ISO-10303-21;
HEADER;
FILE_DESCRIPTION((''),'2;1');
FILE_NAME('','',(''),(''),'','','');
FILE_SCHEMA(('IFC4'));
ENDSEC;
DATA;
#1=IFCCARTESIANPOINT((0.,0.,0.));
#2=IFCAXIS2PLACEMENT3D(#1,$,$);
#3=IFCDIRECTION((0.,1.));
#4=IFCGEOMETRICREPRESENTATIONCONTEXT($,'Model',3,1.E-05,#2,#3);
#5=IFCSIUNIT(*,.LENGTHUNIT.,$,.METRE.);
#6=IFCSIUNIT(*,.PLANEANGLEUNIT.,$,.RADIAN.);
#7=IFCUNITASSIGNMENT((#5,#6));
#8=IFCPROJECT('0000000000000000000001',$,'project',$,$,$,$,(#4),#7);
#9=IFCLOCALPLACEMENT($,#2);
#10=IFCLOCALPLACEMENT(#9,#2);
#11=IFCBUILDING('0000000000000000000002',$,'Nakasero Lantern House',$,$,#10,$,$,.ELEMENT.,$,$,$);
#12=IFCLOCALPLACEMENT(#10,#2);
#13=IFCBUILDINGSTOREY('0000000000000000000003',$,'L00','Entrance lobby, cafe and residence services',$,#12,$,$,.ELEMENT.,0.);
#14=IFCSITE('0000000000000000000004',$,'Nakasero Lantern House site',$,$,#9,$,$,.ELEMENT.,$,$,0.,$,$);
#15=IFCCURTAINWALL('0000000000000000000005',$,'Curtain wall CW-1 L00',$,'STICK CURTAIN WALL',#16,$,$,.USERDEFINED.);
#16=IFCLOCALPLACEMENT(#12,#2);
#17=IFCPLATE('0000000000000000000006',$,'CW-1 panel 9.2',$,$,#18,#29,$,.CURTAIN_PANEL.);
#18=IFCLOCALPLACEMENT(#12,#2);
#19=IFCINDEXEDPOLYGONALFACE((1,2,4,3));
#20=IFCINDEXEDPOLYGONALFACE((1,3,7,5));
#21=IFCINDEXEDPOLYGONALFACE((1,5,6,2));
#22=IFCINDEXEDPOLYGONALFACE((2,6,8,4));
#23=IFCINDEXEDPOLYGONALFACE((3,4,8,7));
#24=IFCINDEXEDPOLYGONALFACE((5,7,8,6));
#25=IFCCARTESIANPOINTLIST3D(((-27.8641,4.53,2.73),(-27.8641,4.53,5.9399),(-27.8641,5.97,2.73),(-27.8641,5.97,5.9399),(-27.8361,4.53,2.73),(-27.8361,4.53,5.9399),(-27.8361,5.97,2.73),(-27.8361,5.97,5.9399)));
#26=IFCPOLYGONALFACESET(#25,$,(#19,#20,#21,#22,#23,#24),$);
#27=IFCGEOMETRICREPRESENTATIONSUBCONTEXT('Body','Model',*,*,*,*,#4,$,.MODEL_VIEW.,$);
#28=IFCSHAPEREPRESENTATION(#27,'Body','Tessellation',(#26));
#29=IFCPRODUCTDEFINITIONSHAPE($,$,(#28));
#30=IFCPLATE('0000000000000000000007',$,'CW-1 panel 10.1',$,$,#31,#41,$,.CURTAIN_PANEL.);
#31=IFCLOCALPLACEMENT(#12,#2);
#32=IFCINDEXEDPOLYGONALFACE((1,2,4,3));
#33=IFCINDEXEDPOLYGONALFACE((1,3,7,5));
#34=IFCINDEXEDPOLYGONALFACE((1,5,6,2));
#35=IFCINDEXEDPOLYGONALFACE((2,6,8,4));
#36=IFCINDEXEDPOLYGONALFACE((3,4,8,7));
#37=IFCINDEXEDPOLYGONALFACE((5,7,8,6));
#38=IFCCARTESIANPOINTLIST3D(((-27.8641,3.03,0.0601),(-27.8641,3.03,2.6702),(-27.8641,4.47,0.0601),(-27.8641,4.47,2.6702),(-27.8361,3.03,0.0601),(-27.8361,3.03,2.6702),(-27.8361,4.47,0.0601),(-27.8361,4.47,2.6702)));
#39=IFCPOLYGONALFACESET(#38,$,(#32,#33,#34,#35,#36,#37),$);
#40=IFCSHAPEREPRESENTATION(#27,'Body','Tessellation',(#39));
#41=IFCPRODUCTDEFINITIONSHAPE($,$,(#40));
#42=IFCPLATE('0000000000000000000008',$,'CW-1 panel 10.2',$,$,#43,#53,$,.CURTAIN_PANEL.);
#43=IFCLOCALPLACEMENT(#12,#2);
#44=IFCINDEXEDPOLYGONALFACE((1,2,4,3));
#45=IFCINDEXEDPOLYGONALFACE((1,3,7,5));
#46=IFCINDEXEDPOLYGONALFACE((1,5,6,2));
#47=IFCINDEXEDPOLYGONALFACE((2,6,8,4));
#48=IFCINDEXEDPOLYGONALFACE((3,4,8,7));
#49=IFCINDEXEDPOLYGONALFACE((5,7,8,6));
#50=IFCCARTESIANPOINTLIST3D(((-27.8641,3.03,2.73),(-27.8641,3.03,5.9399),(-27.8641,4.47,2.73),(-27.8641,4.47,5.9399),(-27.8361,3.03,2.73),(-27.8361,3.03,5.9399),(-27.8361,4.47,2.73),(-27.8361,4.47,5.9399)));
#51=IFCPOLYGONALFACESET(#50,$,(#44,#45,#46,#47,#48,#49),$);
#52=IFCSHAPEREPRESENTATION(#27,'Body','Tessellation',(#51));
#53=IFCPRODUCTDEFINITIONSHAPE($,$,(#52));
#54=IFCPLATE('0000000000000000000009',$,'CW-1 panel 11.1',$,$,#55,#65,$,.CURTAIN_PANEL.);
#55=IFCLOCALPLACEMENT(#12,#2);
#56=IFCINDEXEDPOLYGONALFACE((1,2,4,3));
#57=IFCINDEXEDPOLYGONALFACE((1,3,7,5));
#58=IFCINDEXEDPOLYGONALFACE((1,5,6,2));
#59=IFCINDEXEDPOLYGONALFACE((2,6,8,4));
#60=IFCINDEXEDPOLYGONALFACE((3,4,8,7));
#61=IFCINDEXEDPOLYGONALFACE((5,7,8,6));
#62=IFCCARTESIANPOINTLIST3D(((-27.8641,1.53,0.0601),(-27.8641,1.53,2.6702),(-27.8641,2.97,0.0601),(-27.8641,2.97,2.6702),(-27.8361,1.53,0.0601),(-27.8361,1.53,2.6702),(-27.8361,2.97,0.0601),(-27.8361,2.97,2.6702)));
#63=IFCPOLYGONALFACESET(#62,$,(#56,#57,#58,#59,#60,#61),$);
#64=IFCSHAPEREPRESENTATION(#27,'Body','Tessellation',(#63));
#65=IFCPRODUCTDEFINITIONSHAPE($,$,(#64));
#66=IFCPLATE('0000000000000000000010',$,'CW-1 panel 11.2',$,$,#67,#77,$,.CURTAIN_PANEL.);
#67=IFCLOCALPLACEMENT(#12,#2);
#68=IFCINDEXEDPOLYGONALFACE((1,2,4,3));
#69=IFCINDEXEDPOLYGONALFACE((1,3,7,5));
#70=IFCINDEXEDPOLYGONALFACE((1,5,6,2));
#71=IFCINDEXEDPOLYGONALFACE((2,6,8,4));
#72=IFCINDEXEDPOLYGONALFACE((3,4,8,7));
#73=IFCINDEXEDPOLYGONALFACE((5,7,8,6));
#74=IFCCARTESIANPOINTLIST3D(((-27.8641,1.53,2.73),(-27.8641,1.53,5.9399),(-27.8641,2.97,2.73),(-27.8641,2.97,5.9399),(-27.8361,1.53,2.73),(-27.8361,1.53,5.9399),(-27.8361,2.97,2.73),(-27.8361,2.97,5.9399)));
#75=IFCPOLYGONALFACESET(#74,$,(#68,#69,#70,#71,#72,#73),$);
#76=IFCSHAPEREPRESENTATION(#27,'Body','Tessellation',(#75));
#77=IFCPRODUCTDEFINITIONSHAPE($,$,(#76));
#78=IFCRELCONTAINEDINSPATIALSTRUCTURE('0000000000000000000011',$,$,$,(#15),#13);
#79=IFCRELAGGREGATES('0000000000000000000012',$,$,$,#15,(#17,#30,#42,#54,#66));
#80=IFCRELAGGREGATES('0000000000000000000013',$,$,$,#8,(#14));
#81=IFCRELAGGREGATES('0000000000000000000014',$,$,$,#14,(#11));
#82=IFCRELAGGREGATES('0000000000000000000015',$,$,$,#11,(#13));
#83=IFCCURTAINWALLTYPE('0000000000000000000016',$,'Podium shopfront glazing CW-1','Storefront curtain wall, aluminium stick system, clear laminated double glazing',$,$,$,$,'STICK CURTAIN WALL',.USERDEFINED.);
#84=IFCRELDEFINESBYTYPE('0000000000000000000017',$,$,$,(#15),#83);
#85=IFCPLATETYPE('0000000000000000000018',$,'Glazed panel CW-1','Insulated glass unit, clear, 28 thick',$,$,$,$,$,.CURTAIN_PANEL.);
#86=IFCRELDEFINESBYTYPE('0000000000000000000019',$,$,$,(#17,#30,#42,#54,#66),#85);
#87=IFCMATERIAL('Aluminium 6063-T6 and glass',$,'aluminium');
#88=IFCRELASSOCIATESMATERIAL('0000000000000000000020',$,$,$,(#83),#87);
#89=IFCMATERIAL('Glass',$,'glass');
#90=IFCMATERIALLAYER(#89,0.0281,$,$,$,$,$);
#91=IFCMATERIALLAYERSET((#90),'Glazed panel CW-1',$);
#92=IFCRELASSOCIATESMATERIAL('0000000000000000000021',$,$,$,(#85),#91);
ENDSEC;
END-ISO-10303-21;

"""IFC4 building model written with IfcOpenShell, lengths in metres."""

from ifc_helpers import new_model, si_unit, direction, frame, origin, origin_2d, place, context, subcontext, project, spatial, rectangle, extrude, material, layer, layer_set, type_object, element, aggregate, save


model = new_model("IFC4")

# Units and contexts
model_context = context("Model", 3, precision=1e-05, world=origin(), true_north=direction((0.0, 1.0)))
body_context = subcontext(model_context, "Body", "Model", "MODEL_VIEW")
ifc_project = project(units=[si_unit("LENGTHUNIT", "METRE"), si_unit("PLANEANGLEUNIT", "RADIAN")], contexts=[model_context])

# Site, building, storey
site_placement = place(None, origin())
site = spatial("IfcSite", under=ifc_project, at=site_placement, Name="Nakasero Lantern House site", CompositionType="ELEMENT", RefElevation=0.0)
building_placement = place(site_placement, origin())
building = spatial("IfcBuilding", under=site, at=building_placement, Name="Nakasero Lantern House", CompositionType="ELEMENT")
storey_placement = place(building_placement, origin())
storey = spatial("IfcBuildingStorey", under=building, at=storey_placement, Name="L00", Description="Entrance lobby, cafe and residence services", CompositionType="ELEMENT", Elevation=0.0)

# Curtain wall, plates
ifc_material_1 = material(Name="Aluminium 6063-T6 and glass", Category="aluminium")
curtain_wall_type = type_object("IfcCurtainWallType", Name="Podium shopfront glazing CW-1", Description="Storefront curtain wall, aluminium stick system, clear laminated double glazing", ElementType="STICK CURTAIN WALL", PredefinedType="USERDEFINED", material=ifc_material_1)
curtain_wall_placement = place(storey_placement, origin())
curtain_wall = element("IfcCurtainWall", 1, at=curtain_wall_placement, inside=storey, type_object=curtain_wall_type, Name="Curtain wall CW-1 L00", ObjectType="STICK CURTAIN WALL", PredefinedType="USERDEFINED")
ifc_material_2 = material(Name="Glass", Category="glass")
ifc_layer = layer(ifc_material_2, 0.0281)
ifc_layer_set = layer_set([ifc_layer], Name="Glazed panel CW-1")
plate_type = type_object("IfcPlateType", Name="Glazed panel CW-1", Description="Insulated glass unit, clear, 28 thick", PredefinedType="CURTAIN_PANEL", material=ifc_layer_set)
plate_1_placement = place(storey_placement, frame((-27.8501, 5.25, 2.73), z_axis=(0.0, 0.0, 1.0), x_axis=(0.0, -1.0, 0.0)))
plate_1 = element("IfcPlate", 2, at=plate_1_placement, type_object=plate_type, Name="CW-1 panel 9.2", PredefinedType="CURTAIN_PANEL", context=body_context, shape_type="SweptSolid", body=[
    extrude(rectangle(XDim=1.4399, YDim=0.0281, at=origin_2d()), origin(), (0.0, 0.0, 1.0), 3.21),
])
plate_2_placement = place(storey_placement, frame((-27.8501, 3.75, 0.0601), z_axis=(0.0, 0.0, 1.0), x_axis=(0.0, -1.0, 0.0)))
plate_2 = element("IfcPlate", 3, at=plate_2_placement, type_object=plate_type, Name="CW-1 panel 10.1", PredefinedType="CURTAIN_PANEL", context=body_context, shape_type="SweptSolid", body=[
    extrude(rectangle(XDim=1.4399, YDim=0.0281, at=origin_2d()), origin(), (0.0, 0.0, 1.0), 2.6101),
])
plate_3_placement = place(storey_placement, frame((-27.8501, 3.75, 2.73), z_axis=(0.0, 0.0, 1.0), x_axis=(0.0, -1.0, 0.0)))
plate_3 = element("IfcPlate", 4, at=plate_3_placement, type_object=plate_type, Name="CW-1 panel 10.2", PredefinedType="CURTAIN_PANEL", context=body_context, shape_type="SweptSolid", body=[
    extrude(rectangle(XDim=1.4399, YDim=0.0281, at=origin_2d()), origin(), (0.0, 0.0, 1.0), 3.21),
])
plate_4_placement = place(storey_placement, frame((-27.8501, 2.25, 0.0601), z_axis=(0.0, 0.0, 1.0), x_axis=(0.0, -1.0, 0.0)))
plate_4 = element("IfcPlate", 5, at=plate_4_placement, type_object=plate_type, Name="CW-1 panel 11.1", PredefinedType="CURTAIN_PANEL", context=body_context, shape_type="SweptSolid", body=[
    extrude(rectangle(XDim=1.4399, YDim=0.0281, at=origin_2d()), origin(), (0.0, 0.0, 1.0), 2.6101),
])
plate_5_placement = place(storey_placement, frame((-27.8501, 2.25, 2.73), z_axis=(0.0, 0.0, 1.0), x_axis=(0.0, -1.0, 0.0)))
plate_5 = element("IfcPlate", 6, at=plate_5_placement, type_object=plate_type, Name="CW-1 panel 11.2", PredefinedType="CURTAIN_PANEL", context=body_context, shape_type="SweptSolid", body=[
    extrude(rectangle(XDim=1.4399, YDim=0.0281, at=origin_2d()), origin(), (0.0, 0.0, 1.0), 3.21),
])
aggregate(curtain_wall, [plate_1, plate_2, plate_3, plate_4, plate_5])

save(model, "model.ifc")
